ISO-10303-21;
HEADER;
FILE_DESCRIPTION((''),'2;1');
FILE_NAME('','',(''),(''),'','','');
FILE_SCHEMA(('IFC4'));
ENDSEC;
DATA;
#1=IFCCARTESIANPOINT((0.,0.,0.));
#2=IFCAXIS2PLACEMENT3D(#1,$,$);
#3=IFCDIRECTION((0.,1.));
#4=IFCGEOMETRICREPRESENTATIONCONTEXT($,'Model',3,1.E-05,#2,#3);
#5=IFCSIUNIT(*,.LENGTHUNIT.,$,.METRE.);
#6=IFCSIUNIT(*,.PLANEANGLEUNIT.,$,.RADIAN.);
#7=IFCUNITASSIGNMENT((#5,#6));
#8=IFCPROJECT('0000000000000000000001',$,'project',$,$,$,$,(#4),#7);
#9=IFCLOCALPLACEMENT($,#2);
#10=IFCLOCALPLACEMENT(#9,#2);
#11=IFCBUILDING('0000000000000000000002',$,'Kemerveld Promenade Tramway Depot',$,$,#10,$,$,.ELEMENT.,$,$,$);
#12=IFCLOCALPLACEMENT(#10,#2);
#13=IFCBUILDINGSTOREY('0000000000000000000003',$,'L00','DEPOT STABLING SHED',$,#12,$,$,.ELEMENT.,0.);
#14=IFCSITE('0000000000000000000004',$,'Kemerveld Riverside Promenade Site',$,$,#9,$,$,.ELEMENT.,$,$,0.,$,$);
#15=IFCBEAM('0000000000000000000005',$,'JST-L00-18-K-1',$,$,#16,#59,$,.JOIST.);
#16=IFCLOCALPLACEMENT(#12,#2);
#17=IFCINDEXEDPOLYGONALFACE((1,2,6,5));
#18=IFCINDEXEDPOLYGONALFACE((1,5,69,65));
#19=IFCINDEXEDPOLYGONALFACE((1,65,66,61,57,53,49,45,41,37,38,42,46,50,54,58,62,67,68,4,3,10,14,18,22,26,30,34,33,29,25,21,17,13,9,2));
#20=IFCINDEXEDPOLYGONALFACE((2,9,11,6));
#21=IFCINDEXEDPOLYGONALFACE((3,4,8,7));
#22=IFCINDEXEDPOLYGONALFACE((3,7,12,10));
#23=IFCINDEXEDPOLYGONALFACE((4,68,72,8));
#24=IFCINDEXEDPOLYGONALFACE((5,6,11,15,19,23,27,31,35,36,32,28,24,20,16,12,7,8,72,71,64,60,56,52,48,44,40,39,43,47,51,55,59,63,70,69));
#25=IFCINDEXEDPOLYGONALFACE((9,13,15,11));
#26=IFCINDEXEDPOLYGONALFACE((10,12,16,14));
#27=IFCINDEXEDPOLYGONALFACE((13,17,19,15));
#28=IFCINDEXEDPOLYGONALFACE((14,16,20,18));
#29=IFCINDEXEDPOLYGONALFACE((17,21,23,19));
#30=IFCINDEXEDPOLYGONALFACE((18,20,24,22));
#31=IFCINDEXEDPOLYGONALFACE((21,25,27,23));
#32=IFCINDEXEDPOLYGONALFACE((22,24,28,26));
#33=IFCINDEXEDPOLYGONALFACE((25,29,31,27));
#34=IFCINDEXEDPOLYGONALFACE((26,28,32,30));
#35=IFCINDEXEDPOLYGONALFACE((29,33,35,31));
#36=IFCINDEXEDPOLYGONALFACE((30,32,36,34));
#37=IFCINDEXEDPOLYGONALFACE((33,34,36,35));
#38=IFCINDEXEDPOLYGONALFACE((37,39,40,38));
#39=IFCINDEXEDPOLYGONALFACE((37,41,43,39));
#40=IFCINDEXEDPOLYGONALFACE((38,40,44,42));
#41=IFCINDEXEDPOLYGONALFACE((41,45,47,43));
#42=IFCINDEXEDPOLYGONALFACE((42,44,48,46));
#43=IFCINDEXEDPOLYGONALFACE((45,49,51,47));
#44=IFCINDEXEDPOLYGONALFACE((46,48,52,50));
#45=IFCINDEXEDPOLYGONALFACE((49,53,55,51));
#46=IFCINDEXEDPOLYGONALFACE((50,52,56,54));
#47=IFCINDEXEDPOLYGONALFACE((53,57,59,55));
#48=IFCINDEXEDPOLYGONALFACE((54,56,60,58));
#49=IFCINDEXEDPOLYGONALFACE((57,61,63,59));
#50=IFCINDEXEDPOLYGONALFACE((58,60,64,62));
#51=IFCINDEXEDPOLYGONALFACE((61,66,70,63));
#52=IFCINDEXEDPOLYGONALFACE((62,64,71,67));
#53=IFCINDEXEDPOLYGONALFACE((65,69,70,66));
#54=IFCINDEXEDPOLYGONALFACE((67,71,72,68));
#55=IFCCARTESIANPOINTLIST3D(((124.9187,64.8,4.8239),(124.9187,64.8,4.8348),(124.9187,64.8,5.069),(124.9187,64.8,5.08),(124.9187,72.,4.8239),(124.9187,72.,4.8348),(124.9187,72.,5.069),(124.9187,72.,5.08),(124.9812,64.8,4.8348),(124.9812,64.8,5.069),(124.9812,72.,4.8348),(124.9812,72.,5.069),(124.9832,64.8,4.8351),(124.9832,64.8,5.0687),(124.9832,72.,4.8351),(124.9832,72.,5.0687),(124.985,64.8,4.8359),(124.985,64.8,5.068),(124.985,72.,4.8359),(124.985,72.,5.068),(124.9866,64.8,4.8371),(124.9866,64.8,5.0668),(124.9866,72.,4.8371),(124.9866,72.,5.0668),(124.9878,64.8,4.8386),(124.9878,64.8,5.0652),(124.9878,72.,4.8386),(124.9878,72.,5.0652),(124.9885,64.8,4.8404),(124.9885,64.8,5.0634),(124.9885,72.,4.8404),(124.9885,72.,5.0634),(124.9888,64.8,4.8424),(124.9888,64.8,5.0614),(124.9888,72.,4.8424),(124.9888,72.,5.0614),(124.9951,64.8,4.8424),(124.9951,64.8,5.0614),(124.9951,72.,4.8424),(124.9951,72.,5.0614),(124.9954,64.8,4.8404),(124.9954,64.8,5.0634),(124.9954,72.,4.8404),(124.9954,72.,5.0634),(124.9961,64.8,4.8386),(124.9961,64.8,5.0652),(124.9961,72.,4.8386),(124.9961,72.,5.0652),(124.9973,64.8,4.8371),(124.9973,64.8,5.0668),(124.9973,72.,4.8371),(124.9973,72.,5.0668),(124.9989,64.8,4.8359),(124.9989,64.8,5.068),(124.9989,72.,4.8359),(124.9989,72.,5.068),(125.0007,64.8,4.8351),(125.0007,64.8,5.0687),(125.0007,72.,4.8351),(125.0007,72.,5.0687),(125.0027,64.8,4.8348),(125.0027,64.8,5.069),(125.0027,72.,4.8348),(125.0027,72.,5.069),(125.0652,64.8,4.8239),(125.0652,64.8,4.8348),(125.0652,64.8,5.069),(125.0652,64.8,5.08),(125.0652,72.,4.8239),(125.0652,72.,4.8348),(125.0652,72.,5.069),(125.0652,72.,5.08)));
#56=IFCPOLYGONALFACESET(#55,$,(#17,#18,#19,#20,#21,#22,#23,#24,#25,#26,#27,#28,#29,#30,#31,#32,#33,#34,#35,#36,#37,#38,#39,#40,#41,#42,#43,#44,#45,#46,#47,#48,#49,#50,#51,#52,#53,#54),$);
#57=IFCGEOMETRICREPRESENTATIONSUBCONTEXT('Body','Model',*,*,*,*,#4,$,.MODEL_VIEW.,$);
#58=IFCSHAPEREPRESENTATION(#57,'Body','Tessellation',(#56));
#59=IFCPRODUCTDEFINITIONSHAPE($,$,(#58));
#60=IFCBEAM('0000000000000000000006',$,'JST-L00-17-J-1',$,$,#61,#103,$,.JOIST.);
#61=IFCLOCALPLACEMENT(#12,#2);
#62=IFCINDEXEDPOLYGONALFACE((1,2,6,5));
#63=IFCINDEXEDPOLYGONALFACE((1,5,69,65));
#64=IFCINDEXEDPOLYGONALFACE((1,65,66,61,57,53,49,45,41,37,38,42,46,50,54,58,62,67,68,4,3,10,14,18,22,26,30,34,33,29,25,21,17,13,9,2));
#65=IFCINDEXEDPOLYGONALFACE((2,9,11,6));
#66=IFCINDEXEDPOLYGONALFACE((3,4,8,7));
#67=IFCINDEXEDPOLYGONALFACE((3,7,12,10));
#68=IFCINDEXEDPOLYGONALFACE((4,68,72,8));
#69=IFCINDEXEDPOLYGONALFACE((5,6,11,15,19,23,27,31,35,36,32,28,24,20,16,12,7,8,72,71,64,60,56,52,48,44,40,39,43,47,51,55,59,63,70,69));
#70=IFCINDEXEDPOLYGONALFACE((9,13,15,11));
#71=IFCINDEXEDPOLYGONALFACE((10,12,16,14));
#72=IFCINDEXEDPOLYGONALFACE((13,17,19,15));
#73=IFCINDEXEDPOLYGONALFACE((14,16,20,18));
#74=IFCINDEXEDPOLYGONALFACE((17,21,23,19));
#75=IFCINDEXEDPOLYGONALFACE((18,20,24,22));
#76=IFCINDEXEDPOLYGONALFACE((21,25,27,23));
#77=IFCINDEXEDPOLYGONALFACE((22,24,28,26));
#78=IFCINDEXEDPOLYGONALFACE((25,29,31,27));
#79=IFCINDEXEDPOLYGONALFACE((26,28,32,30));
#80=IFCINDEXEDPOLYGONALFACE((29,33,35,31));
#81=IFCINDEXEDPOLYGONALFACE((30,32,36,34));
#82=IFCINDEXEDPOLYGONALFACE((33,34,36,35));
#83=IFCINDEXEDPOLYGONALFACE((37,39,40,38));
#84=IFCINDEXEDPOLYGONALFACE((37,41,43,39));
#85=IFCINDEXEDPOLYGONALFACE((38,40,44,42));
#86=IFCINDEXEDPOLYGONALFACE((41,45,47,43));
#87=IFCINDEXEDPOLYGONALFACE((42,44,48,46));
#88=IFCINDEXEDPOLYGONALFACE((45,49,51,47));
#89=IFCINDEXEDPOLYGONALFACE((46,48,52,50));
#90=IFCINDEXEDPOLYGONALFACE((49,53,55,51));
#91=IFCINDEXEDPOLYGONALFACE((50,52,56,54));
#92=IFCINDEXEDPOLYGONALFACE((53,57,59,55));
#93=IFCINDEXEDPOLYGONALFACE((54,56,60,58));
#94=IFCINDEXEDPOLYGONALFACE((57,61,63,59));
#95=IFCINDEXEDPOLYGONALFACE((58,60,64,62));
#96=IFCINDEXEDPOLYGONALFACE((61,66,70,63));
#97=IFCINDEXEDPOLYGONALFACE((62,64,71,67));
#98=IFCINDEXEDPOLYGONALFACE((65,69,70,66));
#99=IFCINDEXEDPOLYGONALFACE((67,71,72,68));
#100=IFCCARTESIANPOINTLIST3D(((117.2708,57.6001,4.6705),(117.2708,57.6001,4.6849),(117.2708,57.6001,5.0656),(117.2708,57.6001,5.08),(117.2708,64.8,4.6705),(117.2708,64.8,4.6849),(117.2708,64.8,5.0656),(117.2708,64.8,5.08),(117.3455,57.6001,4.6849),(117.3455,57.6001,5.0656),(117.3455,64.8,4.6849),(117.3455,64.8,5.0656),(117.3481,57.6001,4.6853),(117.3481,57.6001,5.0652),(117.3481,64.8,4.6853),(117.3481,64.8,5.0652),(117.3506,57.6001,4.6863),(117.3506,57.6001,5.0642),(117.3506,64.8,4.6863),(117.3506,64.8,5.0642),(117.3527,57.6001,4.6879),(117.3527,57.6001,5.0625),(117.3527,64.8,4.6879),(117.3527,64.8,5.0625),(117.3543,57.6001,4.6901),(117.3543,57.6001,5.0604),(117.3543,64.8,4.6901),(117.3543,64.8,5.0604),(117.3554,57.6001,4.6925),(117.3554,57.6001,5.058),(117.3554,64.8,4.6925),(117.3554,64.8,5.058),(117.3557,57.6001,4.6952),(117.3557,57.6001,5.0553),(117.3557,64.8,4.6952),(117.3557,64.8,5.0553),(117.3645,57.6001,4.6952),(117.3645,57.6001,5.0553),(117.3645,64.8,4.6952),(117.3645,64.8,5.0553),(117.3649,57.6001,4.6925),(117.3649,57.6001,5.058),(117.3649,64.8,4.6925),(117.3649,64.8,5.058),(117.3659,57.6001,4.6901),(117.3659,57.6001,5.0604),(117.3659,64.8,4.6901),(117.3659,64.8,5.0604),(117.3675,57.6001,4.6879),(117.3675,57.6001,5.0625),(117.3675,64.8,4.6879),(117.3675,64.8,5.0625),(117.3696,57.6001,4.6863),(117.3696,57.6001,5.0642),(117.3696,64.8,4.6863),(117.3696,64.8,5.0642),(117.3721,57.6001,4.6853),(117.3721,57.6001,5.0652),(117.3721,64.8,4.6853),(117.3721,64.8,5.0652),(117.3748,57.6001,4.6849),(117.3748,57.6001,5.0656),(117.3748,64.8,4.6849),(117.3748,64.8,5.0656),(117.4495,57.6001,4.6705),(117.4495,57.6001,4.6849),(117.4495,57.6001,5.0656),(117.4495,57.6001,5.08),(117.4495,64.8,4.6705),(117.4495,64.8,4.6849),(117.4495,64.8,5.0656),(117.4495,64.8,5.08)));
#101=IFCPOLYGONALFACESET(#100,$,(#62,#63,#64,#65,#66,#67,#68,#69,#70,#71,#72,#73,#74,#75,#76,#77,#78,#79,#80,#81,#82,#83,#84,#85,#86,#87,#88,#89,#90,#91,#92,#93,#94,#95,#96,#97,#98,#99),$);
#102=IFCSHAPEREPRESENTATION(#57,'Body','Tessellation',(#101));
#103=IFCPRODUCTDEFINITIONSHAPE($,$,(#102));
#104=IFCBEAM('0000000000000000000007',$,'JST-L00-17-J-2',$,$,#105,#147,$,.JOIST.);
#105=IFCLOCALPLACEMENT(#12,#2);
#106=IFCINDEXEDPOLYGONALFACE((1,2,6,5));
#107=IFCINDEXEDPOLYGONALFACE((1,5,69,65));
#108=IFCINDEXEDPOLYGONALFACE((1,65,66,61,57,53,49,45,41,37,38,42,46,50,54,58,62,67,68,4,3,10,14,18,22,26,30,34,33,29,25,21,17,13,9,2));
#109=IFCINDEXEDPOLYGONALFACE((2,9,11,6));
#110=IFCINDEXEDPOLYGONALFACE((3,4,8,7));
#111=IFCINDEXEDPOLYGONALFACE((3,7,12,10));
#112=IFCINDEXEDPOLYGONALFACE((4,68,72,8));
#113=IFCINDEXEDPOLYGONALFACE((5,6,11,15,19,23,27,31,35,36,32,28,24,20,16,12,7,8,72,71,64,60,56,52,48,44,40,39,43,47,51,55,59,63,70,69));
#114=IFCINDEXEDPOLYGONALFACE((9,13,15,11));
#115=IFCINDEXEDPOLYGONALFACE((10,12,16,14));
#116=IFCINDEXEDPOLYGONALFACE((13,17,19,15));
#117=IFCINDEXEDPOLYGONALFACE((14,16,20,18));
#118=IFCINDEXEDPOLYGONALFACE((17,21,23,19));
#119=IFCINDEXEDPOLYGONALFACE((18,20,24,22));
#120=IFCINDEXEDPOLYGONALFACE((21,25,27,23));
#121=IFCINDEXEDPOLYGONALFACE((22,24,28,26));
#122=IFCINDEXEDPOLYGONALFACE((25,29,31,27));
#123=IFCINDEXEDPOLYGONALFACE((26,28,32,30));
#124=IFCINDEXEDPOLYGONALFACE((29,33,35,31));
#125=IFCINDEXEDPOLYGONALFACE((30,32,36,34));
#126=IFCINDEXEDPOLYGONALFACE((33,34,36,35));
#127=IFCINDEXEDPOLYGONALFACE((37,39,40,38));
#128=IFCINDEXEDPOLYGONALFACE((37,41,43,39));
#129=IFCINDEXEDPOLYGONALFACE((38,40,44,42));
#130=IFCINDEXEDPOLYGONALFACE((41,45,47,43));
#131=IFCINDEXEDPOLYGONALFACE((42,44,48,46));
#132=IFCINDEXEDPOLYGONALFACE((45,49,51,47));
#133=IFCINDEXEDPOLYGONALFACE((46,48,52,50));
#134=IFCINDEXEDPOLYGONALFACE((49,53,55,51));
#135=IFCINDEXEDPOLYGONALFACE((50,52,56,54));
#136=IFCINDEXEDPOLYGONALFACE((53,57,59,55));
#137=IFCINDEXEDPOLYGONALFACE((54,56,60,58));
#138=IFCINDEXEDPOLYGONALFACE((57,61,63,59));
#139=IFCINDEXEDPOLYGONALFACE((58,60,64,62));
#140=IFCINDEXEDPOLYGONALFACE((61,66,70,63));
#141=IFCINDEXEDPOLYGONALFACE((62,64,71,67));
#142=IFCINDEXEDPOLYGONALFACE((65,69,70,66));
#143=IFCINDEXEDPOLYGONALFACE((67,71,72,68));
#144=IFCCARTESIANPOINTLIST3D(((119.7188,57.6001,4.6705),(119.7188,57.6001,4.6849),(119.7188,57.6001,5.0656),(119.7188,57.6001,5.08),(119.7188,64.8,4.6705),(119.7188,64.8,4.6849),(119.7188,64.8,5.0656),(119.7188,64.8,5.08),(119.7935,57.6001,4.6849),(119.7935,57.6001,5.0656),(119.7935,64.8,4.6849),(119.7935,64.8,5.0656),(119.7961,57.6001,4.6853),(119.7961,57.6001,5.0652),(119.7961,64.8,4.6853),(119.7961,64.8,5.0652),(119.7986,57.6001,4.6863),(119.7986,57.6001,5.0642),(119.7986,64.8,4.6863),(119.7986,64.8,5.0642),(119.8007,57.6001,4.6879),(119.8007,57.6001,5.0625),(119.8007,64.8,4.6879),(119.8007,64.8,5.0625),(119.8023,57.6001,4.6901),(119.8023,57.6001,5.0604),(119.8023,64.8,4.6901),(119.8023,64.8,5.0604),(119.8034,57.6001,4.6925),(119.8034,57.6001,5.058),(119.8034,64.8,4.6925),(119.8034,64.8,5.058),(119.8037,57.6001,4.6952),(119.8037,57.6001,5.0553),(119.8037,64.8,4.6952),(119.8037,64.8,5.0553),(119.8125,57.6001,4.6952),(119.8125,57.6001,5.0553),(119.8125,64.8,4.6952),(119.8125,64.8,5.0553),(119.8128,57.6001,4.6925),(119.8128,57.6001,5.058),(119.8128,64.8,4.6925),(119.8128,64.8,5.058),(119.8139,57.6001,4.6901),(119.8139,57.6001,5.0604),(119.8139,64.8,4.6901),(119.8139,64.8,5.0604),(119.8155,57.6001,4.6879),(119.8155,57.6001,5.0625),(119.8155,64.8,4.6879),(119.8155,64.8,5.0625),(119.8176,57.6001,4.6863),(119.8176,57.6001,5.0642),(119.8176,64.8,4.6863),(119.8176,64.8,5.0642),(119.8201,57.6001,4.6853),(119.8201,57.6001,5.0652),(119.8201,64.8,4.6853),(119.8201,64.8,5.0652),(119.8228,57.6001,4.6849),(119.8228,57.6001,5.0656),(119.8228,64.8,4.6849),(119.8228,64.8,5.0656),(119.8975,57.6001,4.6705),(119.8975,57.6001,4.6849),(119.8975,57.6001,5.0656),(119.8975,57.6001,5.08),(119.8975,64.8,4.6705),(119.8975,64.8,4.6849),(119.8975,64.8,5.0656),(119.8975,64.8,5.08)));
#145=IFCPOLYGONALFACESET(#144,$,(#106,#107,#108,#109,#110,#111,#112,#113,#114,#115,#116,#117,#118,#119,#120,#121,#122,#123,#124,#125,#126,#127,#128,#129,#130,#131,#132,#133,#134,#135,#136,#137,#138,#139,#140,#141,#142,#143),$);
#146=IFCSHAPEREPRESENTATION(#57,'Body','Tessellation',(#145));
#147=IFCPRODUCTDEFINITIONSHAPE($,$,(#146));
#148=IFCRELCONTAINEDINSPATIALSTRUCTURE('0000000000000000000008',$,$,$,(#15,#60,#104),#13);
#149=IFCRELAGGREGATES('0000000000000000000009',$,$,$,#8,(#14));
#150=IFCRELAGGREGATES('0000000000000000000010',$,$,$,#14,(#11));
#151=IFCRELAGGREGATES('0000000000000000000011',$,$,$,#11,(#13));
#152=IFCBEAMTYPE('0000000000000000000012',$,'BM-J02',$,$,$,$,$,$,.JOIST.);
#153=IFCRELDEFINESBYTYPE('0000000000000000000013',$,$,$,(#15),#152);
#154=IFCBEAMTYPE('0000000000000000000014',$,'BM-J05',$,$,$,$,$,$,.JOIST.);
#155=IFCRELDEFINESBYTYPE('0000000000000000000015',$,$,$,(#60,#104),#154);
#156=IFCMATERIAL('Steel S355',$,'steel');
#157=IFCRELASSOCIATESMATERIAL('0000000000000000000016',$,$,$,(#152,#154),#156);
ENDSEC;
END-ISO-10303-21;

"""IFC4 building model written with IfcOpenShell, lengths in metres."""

from ifc_helpers import new_model, si_unit, direction, frame, origin, origin_2d, place, context, subcontext, project, spatial, i_section, extrude, material, material_profile, profile_set, type_object, element, save


model = new_model("IFC4")

# Units and contexts
model_context = context("Model", 3, precision=1e-05, world=origin(), true_north=direction((0.0, 1.0)))
body_context = subcontext(model_context, "Body", "Model", "MODEL_VIEW")
ifc_project = project(units=[si_unit("LENGTHUNIT", "METRE"), si_unit("PLANEANGLEUNIT", "RADIAN")], contexts=[model_context])

# Site, building, storey
site_placement = place(None, origin())
site = spatial("IfcSite", under=ifc_project, at=site_placement, Name="Kemerveld Riverside Promenade Site", CompositionType="ELEMENT", RefElevation=0.0)
building_placement = place(site_placement, origin())
building = spatial("IfcBuilding", under=site, at=building_placement, Name="Kemerveld Promenade Tramway Depot", CompositionType="ELEMENT")
storey_placement = place(building_placement, origin())
storey = spatial("IfcBuildingStorey", under=building, at=storey_placement, Name="L00", Description="DEPOT STABLING SHED", CompositionType="ELEMENT", Elevation=0.0)

# Beams
ifc_material_1 = material(Name="Steel S355", Category="steel")
ifc_material_profile_1 = material_profile(ifc_material_1, i_section(OverallWidth=0.1465, OverallDepth=0.2561, WebThickness=0.0063, FlangeThickness=0.011, FilletRadius=0.0076, at=origin_2d()), Name="254x146x37 UB")
ifc_profile_set_1 = profile_set([ifc_material_profile_1], Name="Steel S355")
beam_type_1 = type_object("IfcBeamType", Name="BM-J02", PredefinedType="JOIST", material=ifc_profile_set_1)
beam_1_placement = place(storey_placement, frame((124.9919, 64.8, 4.9519), z_axis=(0.0, 1.0, 0.0), x_axis=(-1.0, 0.0, 0.0)))
element("IfcBeam", 1, at=beam_1_placement, inside=storey, type_object=beam_type_1, Name="JST-L00-18-K-1", PredefinedType="JOIST", context=body_context, shape_type="SweptSolid", body=[
    extrude(i_section(OverallWidth=0.1465, OverallDepth=0.2561, WebThickness=0.0063, FlangeThickness=0.011, FilletRadius=0.0076, at=origin_2d()), origin(), (0.0, 0.0, 1.0), 7.2),
])
ifc_material_profile_2 = material_profile(ifc_material_1, i_section(OverallWidth=0.1787, OverallDepth=0.4094, WebThickness=0.0088, FlangeThickness=0.0144, FilletRadius=0.0103, at=origin_2d()), Name="406x178x67 UB")
ifc_profile_set_2 = profile_set([ifc_material_profile_2], Name="Steel S355")
beam_type_2 = type_object("IfcBeamType", Name="BM-J05", PredefinedType="JOIST", material=ifc_profile_set_2)
for number, where, z_axis, x_axis, name in (
    (2, (117.3601, 57.6001, 4.8752), (0.0, 1.0, 0.0), (-1.0, 0.0, 0.0), "JST-L00-17-J-1"),
    (3, (119.8081, 57.6001, 4.8752), (0.0, 1.0, 0.0), (-1.0, 0.0, 0.0), "JST-L00-17-J-2"),
):
    element("IfcBeam", number, at=place(storey_placement, frame(where, z_axis=z_axis, x_axis=x_axis)), inside=storey, type_object=beam_type_2, Name=name, PredefinedType="JOIST", context=body_context, shape_type="SweptSolid", body=[
        extrude(i_section(OverallWidth=0.1787, OverallDepth=0.4094, WebThickness=0.0088, FlangeThickness=0.0144, FilletRadius=0.0103, at=origin_2d()), origin(), (0.0, 0.0, 1.0), 7.2),
    ])

save(model, "model.ifc")
